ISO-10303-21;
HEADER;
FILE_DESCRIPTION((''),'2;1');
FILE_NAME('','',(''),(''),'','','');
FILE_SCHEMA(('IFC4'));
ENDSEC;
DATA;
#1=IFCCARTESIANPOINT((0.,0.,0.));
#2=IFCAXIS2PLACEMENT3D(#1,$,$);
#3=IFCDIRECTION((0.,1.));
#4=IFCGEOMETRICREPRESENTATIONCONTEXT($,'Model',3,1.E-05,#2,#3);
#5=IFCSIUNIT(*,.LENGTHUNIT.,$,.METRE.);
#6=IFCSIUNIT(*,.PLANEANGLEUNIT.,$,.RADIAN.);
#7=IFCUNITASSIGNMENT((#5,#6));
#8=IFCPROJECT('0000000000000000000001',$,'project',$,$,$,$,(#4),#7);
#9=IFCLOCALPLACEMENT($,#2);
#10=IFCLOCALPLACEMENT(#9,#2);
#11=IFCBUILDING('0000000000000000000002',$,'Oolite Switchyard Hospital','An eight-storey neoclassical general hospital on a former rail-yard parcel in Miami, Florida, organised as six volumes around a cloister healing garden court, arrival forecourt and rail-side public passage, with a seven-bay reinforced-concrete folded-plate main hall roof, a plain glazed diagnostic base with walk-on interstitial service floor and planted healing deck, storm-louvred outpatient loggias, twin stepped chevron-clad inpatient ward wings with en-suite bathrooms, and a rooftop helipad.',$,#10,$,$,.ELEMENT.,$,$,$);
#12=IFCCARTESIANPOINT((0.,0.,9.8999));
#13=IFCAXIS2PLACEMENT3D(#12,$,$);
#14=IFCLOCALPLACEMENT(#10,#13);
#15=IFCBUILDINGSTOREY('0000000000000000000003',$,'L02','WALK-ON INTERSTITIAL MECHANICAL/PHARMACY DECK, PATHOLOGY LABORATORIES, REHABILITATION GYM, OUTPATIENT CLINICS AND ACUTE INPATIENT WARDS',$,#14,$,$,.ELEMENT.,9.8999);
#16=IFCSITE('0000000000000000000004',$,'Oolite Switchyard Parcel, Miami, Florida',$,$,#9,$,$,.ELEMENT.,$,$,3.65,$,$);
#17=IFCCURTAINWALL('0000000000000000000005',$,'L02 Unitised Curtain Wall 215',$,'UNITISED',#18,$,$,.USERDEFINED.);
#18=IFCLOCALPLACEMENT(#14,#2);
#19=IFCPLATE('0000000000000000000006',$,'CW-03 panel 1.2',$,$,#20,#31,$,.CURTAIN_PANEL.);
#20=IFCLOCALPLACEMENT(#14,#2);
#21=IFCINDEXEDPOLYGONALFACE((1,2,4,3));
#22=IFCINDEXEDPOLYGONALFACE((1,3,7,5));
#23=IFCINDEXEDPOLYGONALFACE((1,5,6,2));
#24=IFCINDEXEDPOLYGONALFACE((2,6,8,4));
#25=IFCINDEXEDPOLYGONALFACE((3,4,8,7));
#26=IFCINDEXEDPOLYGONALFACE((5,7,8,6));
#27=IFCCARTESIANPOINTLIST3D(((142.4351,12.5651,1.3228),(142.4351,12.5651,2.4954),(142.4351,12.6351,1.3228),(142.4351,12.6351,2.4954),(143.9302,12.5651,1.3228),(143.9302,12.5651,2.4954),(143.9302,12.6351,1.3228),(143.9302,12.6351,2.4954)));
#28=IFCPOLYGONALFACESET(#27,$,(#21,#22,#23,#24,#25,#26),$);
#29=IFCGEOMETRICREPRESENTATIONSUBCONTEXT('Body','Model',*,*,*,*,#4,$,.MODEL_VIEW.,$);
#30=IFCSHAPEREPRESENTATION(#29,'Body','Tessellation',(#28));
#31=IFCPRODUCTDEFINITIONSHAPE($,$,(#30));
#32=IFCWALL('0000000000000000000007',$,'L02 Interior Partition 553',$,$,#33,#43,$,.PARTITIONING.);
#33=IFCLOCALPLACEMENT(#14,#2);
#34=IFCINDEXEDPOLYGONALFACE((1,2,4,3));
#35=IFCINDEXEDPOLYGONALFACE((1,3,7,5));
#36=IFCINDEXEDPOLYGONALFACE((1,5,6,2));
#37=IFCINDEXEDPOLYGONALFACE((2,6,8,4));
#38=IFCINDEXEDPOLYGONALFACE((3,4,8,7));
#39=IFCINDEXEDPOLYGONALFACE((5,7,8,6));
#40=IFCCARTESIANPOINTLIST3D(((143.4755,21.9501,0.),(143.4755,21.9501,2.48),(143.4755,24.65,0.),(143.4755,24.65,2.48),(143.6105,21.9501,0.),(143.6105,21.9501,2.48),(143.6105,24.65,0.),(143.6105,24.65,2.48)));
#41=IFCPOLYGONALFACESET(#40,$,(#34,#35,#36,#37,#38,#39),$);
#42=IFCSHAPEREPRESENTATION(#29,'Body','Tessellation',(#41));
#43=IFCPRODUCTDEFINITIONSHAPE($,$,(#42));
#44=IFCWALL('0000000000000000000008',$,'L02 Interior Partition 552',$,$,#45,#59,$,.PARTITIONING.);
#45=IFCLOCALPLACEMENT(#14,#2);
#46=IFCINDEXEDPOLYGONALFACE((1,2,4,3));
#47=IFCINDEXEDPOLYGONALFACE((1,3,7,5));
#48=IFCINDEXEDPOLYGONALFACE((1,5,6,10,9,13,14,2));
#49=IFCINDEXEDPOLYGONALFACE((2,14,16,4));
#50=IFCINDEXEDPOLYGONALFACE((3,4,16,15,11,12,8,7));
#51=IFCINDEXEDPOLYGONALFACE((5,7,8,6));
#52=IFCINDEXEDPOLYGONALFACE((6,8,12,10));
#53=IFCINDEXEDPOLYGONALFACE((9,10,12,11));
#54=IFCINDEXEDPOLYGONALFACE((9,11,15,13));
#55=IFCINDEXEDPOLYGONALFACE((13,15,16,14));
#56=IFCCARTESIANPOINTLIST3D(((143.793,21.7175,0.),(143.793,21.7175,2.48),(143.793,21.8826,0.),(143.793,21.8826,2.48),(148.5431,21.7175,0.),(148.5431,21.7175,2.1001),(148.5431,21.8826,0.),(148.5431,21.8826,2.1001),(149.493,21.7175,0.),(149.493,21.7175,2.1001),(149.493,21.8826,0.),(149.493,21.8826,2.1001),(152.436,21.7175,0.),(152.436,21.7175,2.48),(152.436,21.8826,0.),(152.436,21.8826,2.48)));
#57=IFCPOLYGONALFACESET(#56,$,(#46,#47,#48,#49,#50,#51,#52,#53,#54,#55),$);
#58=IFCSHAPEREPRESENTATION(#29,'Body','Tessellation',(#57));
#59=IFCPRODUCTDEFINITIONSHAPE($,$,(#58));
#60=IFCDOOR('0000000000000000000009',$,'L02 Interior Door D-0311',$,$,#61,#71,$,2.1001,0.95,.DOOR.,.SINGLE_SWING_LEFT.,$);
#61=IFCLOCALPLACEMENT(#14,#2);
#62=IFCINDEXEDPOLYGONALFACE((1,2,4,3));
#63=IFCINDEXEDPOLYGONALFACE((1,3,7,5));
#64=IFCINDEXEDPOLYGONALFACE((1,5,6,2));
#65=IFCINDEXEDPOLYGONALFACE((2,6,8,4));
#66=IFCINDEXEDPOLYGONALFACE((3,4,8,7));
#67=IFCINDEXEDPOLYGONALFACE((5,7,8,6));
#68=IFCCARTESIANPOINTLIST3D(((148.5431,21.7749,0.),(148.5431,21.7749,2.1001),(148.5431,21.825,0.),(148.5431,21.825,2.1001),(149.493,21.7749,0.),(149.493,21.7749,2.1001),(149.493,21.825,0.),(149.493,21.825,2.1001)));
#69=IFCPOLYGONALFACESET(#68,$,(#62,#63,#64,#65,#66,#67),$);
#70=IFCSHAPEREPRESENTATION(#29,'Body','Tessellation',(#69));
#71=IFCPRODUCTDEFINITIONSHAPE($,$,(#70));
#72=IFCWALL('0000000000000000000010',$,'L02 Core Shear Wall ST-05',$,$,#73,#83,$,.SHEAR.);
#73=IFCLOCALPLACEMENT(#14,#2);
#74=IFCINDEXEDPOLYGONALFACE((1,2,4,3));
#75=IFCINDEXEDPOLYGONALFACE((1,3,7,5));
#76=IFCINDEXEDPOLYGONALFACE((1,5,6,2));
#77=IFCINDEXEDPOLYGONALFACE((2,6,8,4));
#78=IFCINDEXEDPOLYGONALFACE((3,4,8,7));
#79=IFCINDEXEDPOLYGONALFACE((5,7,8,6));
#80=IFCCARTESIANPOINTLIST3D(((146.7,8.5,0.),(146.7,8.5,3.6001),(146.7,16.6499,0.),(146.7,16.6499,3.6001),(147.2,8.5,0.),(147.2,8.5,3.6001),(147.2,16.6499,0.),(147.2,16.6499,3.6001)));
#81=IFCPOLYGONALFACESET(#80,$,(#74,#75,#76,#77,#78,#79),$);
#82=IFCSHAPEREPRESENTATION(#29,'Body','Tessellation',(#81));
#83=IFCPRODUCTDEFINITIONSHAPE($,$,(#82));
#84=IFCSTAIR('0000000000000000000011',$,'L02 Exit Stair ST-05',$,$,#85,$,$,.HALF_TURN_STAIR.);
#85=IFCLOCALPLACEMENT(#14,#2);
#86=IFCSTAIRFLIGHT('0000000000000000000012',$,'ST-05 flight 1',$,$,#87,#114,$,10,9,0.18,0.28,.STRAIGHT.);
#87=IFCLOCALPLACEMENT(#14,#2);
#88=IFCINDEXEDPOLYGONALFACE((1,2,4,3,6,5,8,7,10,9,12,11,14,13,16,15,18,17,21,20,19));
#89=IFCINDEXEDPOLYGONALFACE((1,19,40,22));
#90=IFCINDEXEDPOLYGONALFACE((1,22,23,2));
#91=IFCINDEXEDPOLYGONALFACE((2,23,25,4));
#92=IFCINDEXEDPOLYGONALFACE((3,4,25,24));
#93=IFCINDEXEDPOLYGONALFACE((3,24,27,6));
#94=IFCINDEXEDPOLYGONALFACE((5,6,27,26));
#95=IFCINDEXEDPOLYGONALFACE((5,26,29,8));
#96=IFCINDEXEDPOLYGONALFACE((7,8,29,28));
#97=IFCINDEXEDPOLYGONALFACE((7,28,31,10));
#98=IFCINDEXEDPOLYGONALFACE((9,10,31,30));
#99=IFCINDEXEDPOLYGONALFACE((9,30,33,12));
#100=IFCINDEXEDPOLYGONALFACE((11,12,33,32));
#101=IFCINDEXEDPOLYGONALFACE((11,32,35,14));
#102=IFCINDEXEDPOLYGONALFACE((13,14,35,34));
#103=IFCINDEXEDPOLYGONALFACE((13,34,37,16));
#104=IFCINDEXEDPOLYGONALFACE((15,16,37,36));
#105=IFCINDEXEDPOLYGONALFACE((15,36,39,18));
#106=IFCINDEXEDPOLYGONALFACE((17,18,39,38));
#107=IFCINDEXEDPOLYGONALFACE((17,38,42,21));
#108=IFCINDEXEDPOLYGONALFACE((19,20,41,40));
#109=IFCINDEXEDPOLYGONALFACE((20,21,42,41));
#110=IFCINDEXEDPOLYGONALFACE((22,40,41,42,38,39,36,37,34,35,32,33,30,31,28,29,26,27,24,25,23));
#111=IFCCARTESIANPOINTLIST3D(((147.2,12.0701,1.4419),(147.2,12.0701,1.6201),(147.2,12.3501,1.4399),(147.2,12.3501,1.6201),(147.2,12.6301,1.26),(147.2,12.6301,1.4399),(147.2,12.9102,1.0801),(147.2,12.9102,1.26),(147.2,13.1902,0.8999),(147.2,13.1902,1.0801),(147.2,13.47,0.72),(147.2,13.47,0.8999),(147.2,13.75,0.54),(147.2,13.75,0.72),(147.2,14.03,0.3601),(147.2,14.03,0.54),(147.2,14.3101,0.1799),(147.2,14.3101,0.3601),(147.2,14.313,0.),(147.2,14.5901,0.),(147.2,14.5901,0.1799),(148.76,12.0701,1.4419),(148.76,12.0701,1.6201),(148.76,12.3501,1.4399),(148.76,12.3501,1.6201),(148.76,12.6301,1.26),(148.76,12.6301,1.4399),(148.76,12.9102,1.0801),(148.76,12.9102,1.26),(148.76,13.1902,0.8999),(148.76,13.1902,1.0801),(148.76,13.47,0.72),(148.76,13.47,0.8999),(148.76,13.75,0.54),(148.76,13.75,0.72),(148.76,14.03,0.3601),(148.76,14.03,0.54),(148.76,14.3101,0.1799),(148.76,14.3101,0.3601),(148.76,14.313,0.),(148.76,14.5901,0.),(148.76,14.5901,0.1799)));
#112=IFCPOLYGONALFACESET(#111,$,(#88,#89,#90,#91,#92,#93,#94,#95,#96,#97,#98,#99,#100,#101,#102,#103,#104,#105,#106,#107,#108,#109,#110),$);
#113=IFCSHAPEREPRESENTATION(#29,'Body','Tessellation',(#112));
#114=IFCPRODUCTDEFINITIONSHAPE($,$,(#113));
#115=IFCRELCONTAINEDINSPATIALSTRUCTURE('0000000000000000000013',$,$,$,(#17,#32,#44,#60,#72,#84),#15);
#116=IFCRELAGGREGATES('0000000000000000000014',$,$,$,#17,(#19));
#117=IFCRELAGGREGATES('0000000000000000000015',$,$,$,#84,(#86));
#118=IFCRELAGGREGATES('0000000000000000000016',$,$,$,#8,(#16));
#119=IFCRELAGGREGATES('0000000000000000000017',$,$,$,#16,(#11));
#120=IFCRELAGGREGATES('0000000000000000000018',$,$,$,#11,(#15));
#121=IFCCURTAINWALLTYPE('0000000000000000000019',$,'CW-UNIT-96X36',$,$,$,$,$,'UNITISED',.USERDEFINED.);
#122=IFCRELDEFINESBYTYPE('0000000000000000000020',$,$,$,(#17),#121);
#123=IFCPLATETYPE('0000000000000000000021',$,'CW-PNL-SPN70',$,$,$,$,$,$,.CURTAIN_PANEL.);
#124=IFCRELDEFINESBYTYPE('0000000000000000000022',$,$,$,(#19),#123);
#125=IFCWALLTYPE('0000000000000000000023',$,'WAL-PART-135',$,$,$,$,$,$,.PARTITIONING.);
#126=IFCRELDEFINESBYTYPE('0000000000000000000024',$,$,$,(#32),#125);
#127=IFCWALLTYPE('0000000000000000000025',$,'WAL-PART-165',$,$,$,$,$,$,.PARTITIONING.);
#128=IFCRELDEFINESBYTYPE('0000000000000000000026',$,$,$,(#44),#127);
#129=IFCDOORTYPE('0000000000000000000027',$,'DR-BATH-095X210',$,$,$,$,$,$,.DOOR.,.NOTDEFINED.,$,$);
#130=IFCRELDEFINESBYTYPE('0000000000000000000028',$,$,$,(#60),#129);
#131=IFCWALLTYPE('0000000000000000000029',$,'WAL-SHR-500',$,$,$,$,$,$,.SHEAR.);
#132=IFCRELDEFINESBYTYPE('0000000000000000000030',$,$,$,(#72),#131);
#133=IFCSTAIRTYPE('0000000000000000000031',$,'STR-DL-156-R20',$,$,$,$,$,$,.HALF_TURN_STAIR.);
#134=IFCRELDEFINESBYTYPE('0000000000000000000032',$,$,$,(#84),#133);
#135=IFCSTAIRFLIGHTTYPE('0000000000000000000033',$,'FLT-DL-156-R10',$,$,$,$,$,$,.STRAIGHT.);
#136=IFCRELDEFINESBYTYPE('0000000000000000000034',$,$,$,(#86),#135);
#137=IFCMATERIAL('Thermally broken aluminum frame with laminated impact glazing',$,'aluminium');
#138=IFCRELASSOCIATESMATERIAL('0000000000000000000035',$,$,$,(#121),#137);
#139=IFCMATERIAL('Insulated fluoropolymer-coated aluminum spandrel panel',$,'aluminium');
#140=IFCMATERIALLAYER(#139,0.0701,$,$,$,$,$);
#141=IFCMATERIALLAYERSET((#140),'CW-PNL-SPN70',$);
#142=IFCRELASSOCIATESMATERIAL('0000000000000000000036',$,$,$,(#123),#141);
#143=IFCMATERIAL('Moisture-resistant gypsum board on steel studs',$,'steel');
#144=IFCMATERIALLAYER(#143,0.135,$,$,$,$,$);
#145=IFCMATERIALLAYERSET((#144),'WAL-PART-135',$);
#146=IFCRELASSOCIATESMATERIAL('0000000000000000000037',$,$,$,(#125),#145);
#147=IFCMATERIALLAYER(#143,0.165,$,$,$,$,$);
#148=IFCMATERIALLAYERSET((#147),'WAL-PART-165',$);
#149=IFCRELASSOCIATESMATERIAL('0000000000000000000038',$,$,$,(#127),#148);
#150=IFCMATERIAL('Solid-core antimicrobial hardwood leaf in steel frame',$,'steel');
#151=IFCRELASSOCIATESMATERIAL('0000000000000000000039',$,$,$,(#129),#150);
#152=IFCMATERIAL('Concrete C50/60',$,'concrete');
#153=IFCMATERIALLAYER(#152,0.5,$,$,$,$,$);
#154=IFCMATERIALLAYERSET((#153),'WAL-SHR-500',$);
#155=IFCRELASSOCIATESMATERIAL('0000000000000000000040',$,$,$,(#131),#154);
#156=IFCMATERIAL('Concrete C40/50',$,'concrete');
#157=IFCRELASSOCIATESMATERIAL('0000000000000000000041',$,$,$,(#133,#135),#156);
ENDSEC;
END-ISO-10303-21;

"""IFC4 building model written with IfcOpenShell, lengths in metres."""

from ifc_helpers import new_model, si_unit, direction, frame, frame_2d, origin, origin_2d, place, context, subcontext, project, spatial, polyline, rectangle, outline, extrude, material, layer, layer_set, type_object, element, fill, aggregate, save


model = new_model("IFC4")

# Units and contexts
model_context = context("Model", 3, precision=1e-05, world=origin(), true_north=direction((0.0, 1.0)))
body_context = subcontext(model_context, "Body", "Model", "MODEL_VIEW")
ifc_project = project(units=[si_unit("LENGTHUNIT", "METRE"), si_unit("PLANEANGLEUNIT", "RADIAN")], contexts=[model_context])

# Site, building, storey
site_placement = place(None, origin())
site = spatial("IfcSite", under=ifc_project, at=site_placement, Name="Oolite Switchyard Parcel, Miami, Florida", CompositionType="ELEMENT", RefElevation=3.65)
building_placement = place(site_placement, origin())
building = spatial("IfcBuilding", under=site, at=building_placement, Name="Oolite Switchyard Hospital", Description="An eight-storey neoclassical general hospital on a former rail-yard parcel in Miami, Florida, organised as six volumes around a cloister healing garden court, arrival forecourt and rail-side public passage, with a seven-bay reinforced-concrete folded-plate main hall roof, a plain glazed diagnostic base with walk-on interstitial service floor and planted healing deck, storm-louvred outpatient loggias, twin stepped chevron-clad inpatient ward wings with en-suite bathrooms, and a rooftop helipad.", CompositionType="ELEMENT")
storey_placement = place(building_placement, frame((0.0, 0.0, 9.8999)))
storey = spatial("IfcBuildingStorey", under=building, at=storey_placement, Name="L02", Description="WALK-ON INTERSTITIAL MECHANICAL/PHARMACY DECK, PATHOLOGY LABORATORIES, REHABILITATION GYM, OUTPATIENT CLINICS AND ACUTE INPATIENT WARDS", CompositionType="ELEMENT", Elevation=9.8999)

# Shared definitions
ifc_material_1 = material(Name="Concrete C50/60", Category="concrete")

# Shared definitions
ifc_material_2 = material(Name="Concrete C40/50", Category="concrete")

# Curtain wall, plate
ifc_material_3 = material(Name="Thermally broken aluminum frame with laminated impact glazing", Category="aluminium")
curtain_wall_type = type_object("IfcCurtainWallType", Name="CW-UNIT-96X36", ElementType="UNITISED", PredefinedType="USERDEFINED", material=ifc_material_3)
curtain_wall_placement = place(storey_placement, origin())
curtain_wall = element("IfcCurtainWall", 1, at=curtain_wall_placement, inside=storey, type_object=curtain_wall_type, Name="L02 Unitised Curtain Wall 215", ObjectType="UNITISED", PredefinedType="USERDEFINED")
ifc_material_4 = material(Name="Insulated fluoropolymer-coated aluminum spandrel panel", Category="aluminium")
ifc_layer_1 = layer(ifc_material_4, 0.0701)
ifc_layer_set_1 = layer_set([ifc_layer_1], Name="CW-PNL-SPN70")
plate_type = type_object("IfcPlateType", Name="CW-PNL-SPN70", PredefinedType="CURTAIN_PANEL", material=ifc_layer_set_1)
plate_1_placement = place(storey_placement, frame((143.1826, 12.6001, 1.3228), z_axis=(0.0, 0.0, 1.0), x_axis=(-1.0, 0.0, 0.0)))
plate_1 = element("IfcPlate", 2, at=plate_1_placement, type_object=plate_type, Name="CW-03 panel 1.2", PredefinedType="CURTAIN_PANEL", context=body_context, shape_type="SweptSolid", body=[
    extrude(rectangle(XDim=1.4951, YDim=0.0701, at=origin_2d()), origin(), (0.0, 0.0, 1.0), 1.1726),
])
aggregate(curtain_wall, [plate_1])

# Wall
ifc_material_5 = material(Name="Moisture-resistant gypsum board on steel studs", Category="steel")
ifc_layer_2 = layer(ifc_material_5, 0.135)
ifc_layer_set_2 = layer_set([ifc_layer_2], Name="WAL-PART-135")
wall_type_1 = type_object("IfcWallType", Name="WAL-PART-135", PredefinedType="PARTITIONING", material=ifc_layer_set_2)
wall_1_placement = place(storey_placement, frame((143.543, 21.95, 0.0), z_axis=(0.0, 0.0, 1.0), x_axis=(0.0, 1.0, 0.0)))
element("IfcWall", 3, at=wall_1_placement, inside=storey, type_object=wall_type_1, Name="L02 Interior Partition 553", PredefinedType="PARTITIONING", context=body_context, shape_type="SweptSolid", body=[
    extrude(rectangle(XDim=2.7, YDim=0.135, at=frame_2d((1.3501, 0.0))), origin(), (0.0, 0.0, 1.0), 2.48),
])

# Wall, opening, door
ifc_layer_3 = layer(ifc_material_5, 0.165)
ifc_layer_set_3 = layer_set([ifc_layer_3], Name="WAL-PART-165")
wall_type_2 = type_object("IfcWallType", Name="WAL-PART-165", PredefinedType="PARTITIONING", material=ifc_layer_set_3)
wall_2_placement = place(storey_placement, frame((143.793, 21.8, 0.0), z_axis=(0.0, 0.0, 1.0), x_axis=(1.0, 0.0, 0.0)))
wall_2 = element("IfcWall", 4, at=wall_2_placement, inside=storey, type_object=wall_type_2, Name="L02 Interior Partition 552", PredefinedType="PARTITIONING", context=body_context, shape_type="SweptSolid", body=[
    extrude(rectangle(XDim=8.6431, YDim=0.165, at=frame_2d((4.3215, 0.0))), origin(), (0.0, 0.0, 1.0), 2.48),
])
opening_placement = place(wall_2_placement, frame((4.75, 0.0, 0.0)))
opening = element("IfcOpeningElement", 5, at=opening_placement, cuts=wall_2, PredefinedType="OPENING", context=body_context, shape_type="SweptSolid", body=[
    extrude(rectangle(XDim=0.95, YDim=2.1001, at=frame_2d((0.4751, 1.05))), frame((0.0, 0.0925, 0.0), z_axis=(0.0, -1.0, 0.0), x_axis=(1.0, 0.0, 0.0)), (0.0, 0.0, 1.0), 0.1851),
])
ifc_material_6 = material(Name="Solid-core antimicrobial hardwood leaf in steel frame", Category="steel")
door_type = type_object("IfcDoorType", Name="DR-BATH-095X210", OperationType="NOTDEFINED", PredefinedType="DOOR", material=ifc_material_6)
door_placement = place(opening_placement, origin())
door = element("IfcDoor", 6, at=door_placement, inside=storey, type_object=door_type, Name="L02 Interior Door D-0311", OperationType="SINGLE_SWING_LEFT", OverallHeight=2.1001, OverallWidth=0.95, PredefinedType="DOOR", context=body_context, shape_type="SweptSolid", body=[
    extrude(rectangle(XDim=0.95, YDim=2.1001, at=frame_2d((0.4751, 1.05))), frame((0.0, 0.0249, 0.0), z_axis=(0.0, -1.0, 0.0), x_axis=(1.0, 0.0, 0.0)), (0.0, 0.0, 1.0), 0.05),
])
fill(opening, door)

# Wall
ifc_layer_4 = layer(ifc_material_1, 0.5)
ifc_layer_set_4 = layer_set([ifc_layer_4], Name="WAL-SHR-500")
wall_type_3 = type_object("IfcWallType", Name="WAL-SHR-500", PredefinedType="SHEAR", material=ifc_layer_set_4)
wall_3_placement = place(storey_placement, frame((146.95, 16.6499, 0.0), z_axis=(0.0, 0.0, 1.0), x_axis=(0.0, -1.0, 0.0)))
element("IfcWall", 7, at=wall_3_placement, inside=storey, type_object=wall_type_3, Name="L02 Core Shear Wall ST-05", PredefinedType="SHEAR", context=body_context, shape_type="SweptSolid", body=[
    extrude(rectangle(XDim=8.1499, YDim=0.5, at=frame_2d((4.075, 0.0))), origin(), (0.0, 0.0, 1.0), 3.6001),
])

# Stair, stair flight
stair_type = type_object("IfcStairType", Name="STR-DL-156-R20", PredefinedType="HALF_TURN_STAIR", material=ifc_material_2)
stair_placement = place(storey_placement, origin())
stair = element("IfcStair", 8, at=stair_placement, inside=storey, type_object=stair_type, Name="L02 Exit Stair ST-05", PredefinedType="HALF_TURN_STAIR")
stair_flight_type = type_object("IfcStairFlightType", Name="FLT-DL-156-R10", PredefinedType="STRAIGHT", material=ifc_material_2)
stair_flight_placement = place(storey_placement, frame((147.98, 14.5901, 0.0), z_axis=(0.0, 0.0, 1.0), x_axis=(0.0, -1.0, 0.0)))
stair_flight = element("IfcStairFlight", 9, at=stair_flight_placement, type_object=stair_flight_type, Name="ST-05 flight 1", NumberOfRisers=10, NumberOfTreads=9, PredefinedType="STRAIGHT", RiserHeight=0.18, TreadLength=0.28, context=body_context, shape_type="SweptSolid", body=[
    extrude(outline(polyline([(0.0, 0.0), (0.0, 0.1799), (0.28, 0.1799), (0.28, 0.3601), (0.5601, 0.3601), (0.5601, 0.54), (0.8401, 0.54), (0.8401, 0.72), (1.1201, 0.72), (1.1201, 0.8999), (1.3999, 0.8999), (1.3999, 1.0801), (1.6799, 1.0801), (1.6799, 1.26), (1.96, 1.26), (1.96, 1.4399), (2.24, 1.4399), (2.24, 1.6201), (2.52, 1.6201), (2.52, 1.8), (2.52, 1.4419), (0.2771, 0.0), (0.0, 0.0)])), frame((0.0, 0.78, 0.0), z_axis=(0.0, -1.0, 0.0), x_axis=(1.0, 0.0, 0.0)), (0.0, 0.0, 1.0), 1.5601),
])
aggregate(stair, [stair_flight])

save(model, "model.ifc")
